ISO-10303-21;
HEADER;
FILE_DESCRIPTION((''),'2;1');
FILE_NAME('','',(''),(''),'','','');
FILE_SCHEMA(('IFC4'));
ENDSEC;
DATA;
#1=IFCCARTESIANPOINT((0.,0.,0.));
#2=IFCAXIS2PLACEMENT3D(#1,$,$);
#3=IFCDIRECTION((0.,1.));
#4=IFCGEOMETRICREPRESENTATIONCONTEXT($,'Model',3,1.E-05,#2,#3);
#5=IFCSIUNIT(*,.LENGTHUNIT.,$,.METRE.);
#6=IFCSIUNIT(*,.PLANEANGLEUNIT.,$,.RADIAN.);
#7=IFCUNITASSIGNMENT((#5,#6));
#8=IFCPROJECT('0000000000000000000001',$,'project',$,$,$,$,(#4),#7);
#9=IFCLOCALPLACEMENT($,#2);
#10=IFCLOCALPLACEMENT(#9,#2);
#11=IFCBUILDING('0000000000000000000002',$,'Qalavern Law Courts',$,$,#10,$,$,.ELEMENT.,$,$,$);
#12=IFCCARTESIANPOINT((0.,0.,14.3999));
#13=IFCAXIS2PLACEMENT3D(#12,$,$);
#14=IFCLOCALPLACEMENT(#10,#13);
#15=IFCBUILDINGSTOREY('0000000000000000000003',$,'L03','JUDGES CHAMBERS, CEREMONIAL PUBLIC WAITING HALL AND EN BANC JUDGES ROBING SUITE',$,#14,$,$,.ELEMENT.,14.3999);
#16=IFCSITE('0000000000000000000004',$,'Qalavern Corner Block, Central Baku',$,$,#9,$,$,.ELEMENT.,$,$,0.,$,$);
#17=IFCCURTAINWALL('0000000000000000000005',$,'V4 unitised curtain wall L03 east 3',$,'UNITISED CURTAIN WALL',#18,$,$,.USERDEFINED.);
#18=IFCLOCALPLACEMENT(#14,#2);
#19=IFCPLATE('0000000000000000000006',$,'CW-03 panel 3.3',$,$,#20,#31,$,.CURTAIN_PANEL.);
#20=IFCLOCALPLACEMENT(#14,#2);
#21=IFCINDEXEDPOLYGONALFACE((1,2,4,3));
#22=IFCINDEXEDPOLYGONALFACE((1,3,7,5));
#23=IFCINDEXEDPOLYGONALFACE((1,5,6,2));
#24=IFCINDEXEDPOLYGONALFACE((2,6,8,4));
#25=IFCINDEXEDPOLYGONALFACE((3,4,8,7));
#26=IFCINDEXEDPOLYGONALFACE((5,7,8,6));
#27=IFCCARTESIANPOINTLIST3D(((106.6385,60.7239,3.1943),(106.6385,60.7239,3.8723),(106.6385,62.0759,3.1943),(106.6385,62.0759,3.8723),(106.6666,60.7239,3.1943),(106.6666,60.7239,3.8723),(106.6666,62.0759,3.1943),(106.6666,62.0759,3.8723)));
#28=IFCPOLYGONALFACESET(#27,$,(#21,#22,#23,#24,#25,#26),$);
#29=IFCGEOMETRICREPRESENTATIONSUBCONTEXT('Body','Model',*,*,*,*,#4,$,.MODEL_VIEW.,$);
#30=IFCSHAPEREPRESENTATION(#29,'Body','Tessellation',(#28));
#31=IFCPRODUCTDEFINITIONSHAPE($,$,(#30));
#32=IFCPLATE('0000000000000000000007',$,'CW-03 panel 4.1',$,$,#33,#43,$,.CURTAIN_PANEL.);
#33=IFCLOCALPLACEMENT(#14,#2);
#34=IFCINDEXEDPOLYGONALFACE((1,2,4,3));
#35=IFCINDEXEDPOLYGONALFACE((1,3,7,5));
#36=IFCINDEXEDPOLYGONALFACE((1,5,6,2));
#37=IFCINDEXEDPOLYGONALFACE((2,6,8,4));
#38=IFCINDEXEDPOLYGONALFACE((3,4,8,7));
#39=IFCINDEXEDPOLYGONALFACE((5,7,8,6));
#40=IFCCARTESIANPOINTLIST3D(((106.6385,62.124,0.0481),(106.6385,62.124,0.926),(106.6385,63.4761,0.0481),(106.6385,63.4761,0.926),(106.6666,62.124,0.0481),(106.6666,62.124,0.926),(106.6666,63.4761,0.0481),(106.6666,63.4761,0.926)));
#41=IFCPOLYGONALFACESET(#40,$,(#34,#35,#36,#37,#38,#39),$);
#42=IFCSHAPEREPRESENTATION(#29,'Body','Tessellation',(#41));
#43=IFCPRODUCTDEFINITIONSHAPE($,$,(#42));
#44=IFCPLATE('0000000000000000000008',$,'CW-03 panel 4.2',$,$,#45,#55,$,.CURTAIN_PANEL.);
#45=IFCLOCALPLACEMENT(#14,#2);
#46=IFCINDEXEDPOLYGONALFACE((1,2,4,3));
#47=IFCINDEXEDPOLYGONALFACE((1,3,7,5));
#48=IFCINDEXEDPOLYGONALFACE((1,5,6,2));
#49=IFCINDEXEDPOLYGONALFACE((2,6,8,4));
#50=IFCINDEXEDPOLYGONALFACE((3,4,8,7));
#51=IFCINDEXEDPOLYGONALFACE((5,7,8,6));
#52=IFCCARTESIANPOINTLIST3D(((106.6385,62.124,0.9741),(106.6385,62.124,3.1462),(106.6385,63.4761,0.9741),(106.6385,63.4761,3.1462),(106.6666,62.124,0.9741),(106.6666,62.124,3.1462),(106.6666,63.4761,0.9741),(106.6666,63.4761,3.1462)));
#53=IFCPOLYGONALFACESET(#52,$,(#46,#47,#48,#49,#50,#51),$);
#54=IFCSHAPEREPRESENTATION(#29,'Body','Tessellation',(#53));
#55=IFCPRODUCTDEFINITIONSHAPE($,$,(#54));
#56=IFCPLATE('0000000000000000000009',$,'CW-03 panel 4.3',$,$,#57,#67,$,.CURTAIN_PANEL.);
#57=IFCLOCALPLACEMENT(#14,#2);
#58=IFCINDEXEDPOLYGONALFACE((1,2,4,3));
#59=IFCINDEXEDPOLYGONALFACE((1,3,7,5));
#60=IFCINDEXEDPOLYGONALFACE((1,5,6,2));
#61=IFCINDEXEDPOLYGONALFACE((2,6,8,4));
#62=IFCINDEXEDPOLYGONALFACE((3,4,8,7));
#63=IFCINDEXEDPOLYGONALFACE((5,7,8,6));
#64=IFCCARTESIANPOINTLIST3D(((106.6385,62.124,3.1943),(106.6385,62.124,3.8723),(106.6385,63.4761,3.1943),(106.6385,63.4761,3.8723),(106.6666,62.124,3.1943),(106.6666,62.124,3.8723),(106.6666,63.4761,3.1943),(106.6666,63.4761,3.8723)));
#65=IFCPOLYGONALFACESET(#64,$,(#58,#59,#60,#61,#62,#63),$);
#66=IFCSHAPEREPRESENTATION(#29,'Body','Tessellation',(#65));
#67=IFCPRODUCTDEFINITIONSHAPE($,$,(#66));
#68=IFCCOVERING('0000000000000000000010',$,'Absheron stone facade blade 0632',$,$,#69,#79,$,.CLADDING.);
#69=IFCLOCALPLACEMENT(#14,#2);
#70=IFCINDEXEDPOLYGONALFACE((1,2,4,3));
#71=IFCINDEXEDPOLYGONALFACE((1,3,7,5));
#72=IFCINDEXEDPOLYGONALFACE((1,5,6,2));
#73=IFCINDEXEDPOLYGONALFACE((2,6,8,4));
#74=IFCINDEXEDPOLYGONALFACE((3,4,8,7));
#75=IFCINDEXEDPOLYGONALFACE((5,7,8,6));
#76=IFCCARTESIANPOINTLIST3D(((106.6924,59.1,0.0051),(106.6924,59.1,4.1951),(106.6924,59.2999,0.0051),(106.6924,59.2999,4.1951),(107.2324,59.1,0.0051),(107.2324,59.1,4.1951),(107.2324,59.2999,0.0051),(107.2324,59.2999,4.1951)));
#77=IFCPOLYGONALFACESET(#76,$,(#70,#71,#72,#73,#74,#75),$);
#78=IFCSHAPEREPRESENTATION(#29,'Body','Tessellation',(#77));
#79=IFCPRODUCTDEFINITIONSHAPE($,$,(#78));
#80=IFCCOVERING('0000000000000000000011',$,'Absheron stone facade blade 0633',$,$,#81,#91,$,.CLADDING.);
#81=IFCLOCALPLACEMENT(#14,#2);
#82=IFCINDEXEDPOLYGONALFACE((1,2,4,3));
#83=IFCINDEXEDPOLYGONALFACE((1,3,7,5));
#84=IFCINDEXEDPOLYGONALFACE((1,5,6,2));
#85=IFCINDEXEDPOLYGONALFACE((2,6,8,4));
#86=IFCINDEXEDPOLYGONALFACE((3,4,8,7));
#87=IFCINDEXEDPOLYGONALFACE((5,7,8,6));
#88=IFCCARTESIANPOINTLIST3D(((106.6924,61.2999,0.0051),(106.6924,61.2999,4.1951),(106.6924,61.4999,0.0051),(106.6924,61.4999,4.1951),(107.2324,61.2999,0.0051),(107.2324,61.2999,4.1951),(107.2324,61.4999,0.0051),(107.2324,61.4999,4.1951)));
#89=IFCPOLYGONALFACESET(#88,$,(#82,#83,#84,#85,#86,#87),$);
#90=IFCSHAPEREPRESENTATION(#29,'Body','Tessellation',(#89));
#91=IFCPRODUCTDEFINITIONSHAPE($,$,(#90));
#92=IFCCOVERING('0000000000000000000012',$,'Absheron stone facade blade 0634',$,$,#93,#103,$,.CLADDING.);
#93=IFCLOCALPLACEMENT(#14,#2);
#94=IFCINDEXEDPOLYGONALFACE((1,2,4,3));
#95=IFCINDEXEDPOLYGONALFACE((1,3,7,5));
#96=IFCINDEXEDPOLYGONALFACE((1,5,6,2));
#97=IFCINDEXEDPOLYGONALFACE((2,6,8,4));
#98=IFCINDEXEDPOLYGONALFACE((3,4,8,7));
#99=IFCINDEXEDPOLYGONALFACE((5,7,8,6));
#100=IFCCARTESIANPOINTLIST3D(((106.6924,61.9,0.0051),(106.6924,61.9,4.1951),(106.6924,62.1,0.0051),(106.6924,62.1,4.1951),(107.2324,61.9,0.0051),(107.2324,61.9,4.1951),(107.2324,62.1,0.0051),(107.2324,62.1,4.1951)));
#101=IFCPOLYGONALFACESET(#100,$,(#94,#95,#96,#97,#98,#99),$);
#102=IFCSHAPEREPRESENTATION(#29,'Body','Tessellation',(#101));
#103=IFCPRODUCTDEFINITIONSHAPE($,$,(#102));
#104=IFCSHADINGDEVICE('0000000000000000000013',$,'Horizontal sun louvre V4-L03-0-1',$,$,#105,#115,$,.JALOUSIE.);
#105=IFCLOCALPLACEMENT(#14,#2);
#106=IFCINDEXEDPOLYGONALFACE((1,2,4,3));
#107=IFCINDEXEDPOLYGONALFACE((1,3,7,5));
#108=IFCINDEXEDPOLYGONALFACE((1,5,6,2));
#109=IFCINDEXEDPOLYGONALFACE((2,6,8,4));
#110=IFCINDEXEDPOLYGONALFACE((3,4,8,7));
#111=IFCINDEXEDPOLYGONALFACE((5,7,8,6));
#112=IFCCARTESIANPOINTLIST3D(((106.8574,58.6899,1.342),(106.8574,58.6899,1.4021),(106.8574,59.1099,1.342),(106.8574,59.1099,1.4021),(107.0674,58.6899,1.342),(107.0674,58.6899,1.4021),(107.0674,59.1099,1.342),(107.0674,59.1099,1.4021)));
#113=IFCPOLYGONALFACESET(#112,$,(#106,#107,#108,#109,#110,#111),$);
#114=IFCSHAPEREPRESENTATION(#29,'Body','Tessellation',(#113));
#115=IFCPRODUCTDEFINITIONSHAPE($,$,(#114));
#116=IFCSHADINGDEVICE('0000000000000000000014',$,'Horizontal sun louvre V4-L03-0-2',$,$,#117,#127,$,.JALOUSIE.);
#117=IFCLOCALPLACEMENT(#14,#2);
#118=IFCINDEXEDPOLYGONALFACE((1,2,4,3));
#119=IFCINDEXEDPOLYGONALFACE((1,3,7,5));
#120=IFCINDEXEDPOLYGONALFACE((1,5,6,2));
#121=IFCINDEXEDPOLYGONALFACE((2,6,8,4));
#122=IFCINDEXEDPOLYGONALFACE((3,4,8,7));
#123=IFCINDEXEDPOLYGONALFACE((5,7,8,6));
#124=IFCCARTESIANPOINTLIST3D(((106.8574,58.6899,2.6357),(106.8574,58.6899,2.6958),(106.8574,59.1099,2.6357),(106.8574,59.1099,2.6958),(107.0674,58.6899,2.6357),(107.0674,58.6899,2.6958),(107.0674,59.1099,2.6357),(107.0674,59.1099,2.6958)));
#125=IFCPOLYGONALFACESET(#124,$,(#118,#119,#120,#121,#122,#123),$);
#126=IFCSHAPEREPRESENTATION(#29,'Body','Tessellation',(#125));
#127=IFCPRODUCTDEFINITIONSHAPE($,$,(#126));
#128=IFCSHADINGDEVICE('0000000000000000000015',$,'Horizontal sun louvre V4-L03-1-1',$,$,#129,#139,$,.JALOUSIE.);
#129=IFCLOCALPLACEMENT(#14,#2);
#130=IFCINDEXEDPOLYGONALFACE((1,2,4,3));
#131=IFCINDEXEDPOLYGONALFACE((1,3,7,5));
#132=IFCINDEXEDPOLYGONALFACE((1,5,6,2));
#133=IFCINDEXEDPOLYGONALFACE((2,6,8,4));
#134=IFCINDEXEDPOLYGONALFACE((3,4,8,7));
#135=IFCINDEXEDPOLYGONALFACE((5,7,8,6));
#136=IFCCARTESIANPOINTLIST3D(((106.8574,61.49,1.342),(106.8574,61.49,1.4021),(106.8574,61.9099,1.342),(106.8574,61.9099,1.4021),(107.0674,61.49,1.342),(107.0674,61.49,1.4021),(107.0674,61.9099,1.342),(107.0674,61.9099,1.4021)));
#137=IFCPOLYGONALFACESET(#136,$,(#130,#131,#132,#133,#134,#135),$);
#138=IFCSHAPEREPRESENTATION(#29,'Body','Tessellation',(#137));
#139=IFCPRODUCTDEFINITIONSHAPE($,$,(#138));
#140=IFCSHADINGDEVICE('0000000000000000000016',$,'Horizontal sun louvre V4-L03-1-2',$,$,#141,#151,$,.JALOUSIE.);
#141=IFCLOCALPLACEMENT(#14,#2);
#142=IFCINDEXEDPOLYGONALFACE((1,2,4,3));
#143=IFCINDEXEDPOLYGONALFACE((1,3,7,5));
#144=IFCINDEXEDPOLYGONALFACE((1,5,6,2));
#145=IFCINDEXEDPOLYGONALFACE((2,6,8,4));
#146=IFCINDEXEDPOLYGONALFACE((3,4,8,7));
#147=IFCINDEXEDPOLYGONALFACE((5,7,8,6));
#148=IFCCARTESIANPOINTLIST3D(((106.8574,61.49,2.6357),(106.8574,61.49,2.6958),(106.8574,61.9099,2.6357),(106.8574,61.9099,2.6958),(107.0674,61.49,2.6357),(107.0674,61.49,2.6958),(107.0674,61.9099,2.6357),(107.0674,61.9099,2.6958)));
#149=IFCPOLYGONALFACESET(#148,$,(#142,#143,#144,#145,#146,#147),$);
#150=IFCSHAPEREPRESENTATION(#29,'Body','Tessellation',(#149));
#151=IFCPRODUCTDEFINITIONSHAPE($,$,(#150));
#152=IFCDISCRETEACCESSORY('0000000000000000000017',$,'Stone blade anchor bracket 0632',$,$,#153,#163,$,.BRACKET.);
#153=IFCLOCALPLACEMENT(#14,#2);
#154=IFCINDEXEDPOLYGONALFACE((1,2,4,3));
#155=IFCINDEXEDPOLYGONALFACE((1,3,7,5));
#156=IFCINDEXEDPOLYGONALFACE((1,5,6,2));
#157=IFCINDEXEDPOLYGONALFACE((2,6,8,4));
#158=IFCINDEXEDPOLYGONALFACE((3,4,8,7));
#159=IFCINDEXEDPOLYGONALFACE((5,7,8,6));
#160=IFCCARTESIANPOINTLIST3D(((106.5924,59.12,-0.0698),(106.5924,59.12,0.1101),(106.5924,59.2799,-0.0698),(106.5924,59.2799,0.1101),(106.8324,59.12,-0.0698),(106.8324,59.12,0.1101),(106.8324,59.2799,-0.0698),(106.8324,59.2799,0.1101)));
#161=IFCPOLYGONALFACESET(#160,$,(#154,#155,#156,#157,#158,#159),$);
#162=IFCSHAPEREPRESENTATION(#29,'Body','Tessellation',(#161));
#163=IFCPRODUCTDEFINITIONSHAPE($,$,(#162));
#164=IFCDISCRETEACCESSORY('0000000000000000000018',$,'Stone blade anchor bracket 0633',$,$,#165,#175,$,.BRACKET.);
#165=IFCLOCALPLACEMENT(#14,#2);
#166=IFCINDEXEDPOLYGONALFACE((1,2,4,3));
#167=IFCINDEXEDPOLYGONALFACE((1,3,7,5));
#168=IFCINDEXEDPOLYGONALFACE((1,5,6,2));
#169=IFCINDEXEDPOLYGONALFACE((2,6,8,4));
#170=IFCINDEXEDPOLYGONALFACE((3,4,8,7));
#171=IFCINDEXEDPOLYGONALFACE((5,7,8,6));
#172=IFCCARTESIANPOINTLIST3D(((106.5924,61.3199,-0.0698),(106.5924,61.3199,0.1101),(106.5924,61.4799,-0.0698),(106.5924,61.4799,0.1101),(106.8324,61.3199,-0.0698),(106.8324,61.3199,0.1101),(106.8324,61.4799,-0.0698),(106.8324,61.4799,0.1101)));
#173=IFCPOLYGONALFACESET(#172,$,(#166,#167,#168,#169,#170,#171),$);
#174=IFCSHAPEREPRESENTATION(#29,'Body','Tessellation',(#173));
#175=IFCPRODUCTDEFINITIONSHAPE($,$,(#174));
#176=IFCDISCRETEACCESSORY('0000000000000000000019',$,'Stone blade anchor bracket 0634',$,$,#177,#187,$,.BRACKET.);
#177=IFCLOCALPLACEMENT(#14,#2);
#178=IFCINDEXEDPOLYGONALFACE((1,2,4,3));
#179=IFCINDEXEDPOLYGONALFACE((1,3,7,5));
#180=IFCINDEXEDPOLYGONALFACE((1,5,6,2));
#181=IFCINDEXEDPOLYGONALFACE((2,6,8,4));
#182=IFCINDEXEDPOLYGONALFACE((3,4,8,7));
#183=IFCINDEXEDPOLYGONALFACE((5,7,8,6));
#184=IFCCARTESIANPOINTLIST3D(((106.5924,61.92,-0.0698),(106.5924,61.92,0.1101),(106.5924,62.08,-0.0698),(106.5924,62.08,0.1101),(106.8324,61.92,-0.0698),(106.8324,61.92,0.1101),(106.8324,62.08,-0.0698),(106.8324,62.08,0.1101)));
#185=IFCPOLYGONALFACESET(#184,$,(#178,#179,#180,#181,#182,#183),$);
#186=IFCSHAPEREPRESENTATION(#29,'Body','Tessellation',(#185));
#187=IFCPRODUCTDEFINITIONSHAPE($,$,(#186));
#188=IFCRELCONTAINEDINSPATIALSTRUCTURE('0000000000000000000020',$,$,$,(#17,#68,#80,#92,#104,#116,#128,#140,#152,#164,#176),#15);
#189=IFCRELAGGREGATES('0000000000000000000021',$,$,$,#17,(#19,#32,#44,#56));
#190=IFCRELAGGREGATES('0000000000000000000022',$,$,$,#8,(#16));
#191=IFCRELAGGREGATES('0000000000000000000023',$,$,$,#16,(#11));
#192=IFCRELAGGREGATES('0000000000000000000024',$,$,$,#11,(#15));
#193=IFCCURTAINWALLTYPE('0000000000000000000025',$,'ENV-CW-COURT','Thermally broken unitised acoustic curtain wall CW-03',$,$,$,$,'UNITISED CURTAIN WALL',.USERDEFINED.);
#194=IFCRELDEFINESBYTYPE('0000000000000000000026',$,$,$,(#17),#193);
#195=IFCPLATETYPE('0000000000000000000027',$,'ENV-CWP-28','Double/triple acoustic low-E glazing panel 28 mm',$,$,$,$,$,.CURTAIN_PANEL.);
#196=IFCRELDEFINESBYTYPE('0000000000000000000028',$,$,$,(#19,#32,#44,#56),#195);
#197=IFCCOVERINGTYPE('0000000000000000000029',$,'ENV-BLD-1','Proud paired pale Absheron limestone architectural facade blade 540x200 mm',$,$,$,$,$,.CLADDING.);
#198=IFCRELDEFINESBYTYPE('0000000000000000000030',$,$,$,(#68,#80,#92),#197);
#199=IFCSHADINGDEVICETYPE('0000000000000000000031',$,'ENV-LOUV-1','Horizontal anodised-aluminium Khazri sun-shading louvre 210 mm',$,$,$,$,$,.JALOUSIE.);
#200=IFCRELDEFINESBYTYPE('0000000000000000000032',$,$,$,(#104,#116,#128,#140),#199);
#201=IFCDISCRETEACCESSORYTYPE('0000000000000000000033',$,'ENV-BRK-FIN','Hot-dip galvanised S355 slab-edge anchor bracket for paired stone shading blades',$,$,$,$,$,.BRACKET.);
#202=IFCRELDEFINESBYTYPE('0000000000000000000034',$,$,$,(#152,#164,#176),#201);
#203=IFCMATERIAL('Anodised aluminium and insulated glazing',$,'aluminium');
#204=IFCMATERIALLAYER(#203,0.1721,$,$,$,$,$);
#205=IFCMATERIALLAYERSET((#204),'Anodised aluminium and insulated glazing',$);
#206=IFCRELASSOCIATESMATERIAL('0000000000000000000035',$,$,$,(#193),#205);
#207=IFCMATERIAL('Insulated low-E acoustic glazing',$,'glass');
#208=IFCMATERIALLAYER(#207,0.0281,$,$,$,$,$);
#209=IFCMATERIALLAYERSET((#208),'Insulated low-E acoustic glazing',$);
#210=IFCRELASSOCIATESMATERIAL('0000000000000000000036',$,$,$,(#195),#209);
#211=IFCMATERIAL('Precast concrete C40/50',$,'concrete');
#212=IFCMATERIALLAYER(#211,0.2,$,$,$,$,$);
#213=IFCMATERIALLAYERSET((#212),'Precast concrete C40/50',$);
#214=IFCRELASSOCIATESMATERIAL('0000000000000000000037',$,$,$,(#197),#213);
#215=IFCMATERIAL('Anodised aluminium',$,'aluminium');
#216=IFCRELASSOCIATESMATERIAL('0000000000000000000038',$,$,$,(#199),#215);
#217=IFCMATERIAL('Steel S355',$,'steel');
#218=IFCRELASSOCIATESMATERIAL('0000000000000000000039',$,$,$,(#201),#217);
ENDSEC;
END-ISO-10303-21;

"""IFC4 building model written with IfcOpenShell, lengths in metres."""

from ifc_helpers import new_model, si_unit, direction, frame, origin, origin_2d, place, context, subcontext, project, spatial, rectangle, extrude, material, layer, layer_set, type_object, element, aggregate, save


model = new_model("IFC4")

# Units and contexts
model_context = context("Model", 3, precision=1e-05, world=origin(), true_north=direction((0.0, 1.0)))
body_context = subcontext(model_context, "Body", "Model", "MODEL_VIEW")
ifc_project = project(units=[si_unit("LENGTHUNIT", "METRE"), si_unit("PLANEANGLEUNIT", "RADIAN")], contexts=[model_context])

# Site, building, storey
site_placement = place(None, origin())
site = spatial("IfcSite", under=ifc_project, at=site_placement, Name="Qalavern Corner Block, Central Baku", CompositionType="ELEMENT", RefElevation=0.0)
building_placement = place(site_placement, origin())
building = spatial("IfcBuilding", under=site, at=building_placement, Name="Qalavern Law Courts", CompositionType="ELEMENT")
storey_placement = place(building_placement, frame((0.0, 0.0, 14.3999)))
storey = spatial("IfcBuildingStorey", under=building, at=storey_placement, Name="L03", Description="JUDGES CHAMBERS, CEREMONIAL PUBLIC WAITING HALL AND EN BANC JUDGES ROBING SUITE", CompositionType="ELEMENT", Elevation=14.3999)

# Curtain wall, plates
ifc_material_1 = material(Name="Anodised aluminium and insulated glazing", Category="aluminium")
ifc_layer_1 = layer(ifc_material_1, 0.1721)
ifc_layer_set_1 = layer_set([ifc_layer_1], Name="Anodised aluminium and insulated glazing")
curtain_wall_type = type_object("IfcCurtainWallType", Name="ENV-CW-COURT", Description="Thermally broken unitised acoustic curtain wall CW-03", ElementType="UNITISED CURTAIN WALL", PredefinedType="USERDEFINED", material=ifc_layer_set_1)
curtain_wall_placement = place(storey_placement, origin())
curtain_wall = element("IfcCurtainWall", 1, at=curtain_wall_placement, inside=storey, type_object=curtain_wall_type, Name="V4 unitised curtain wall L03 east 3", ObjectType="UNITISED CURTAIN WALL", PredefinedType="USERDEFINED")
ifc_material_2 = material(Name="Anodised aluminium", Category="aluminium")
ifc_material_3 = material(Name="Insulated low-E acoustic glazing", Category="glass")
ifc_layer_2 = layer(ifc_material_3, 0.0281)
ifc_layer_set_2 = layer_set([ifc_layer_2], Name="Insulated low-E acoustic glazing")
plate_type = type_object("IfcPlateType", Name="ENV-CWP-28", Description="Double/triple acoustic low-E glazing panel 28 mm", PredefinedType="CURTAIN_PANEL", material=ifc_layer_set_2)
plate_1_placement = place(storey_placement, frame((106.6526, 61.3999, 3.1943), z_axis=(0.0, 0.0, 1.0), x_axis=(0.0, 1.0, 0.0)))
plate_1 = element("IfcPlate", 2, at=plate_1_placement, type_object=plate_type, Name="CW-03 panel 3.3", PredefinedType="CURTAIN_PANEL", context=body_context, shape_type="SweptSolid", body=[
    extrude(rectangle(XDim=1.3521, YDim=0.0281, at=origin_2d()), origin(), (0.0, 0.0, 1.0), 0.678),
])
plate_2_placement = place(storey_placement, frame((106.6526, 62.8, 0.0481), z_axis=(0.0, 0.0, 1.0), x_axis=(0.0, 1.0, 0.0)))
plate_2 = element("IfcPlate", 3, at=plate_2_placement, type_object=plate_type, Name="CW-03 panel 4.1", PredefinedType="CURTAIN_PANEL", context=body_context, shape_type="SweptSolid", body=[
    extrude(rectangle(XDim=1.3521, YDim=0.0281, at=origin_2d()), origin(), (0.0, 0.0, 1.0), 0.8779),
])
plate_3_placement = place(storey_placement, frame((106.6526, 62.8, 0.9741), z_axis=(0.0, 0.0, 1.0), x_axis=(0.0, 1.0, 0.0)))
plate_3 = element("IfcPlate", 4, at=plate_3_placement, type_object=plate_type, Name="CW-03 panel 4.2", PredefinedType="CURTAIN_PANEL", context=body_context, shape_type="SweptSolid", body=[
    extrude(rectangle(XDim=1.3521, YDim=0.0281, at=origin_2d()), origin(), (0.0, 0.0, 1.0), 2.1721),
])
plate_4_placement = place(storey_placement, frame((106.6526, 62.8, 3.1943), z_axis=(0.0, 0.0, 1.0), x_axis=(0.0, 1.0, 0.0)))
plate_4 = element("IfcPlate", 5, at=plate_4_placement, type_object=plate_type, Name="CW-03 panel 4.3", PredefinedType="CURTAIN_PANEL", context=body_context, shape_type="SweptSolid", body=[
    extrude(rectangle(XDim=1.3521, YDim=0.0281, at=origin_2d()), origin(), (0.0, 0.0, 1.0), 0.678),
])
aggregate(curtain_wall, [plate_1, plate_2, plate_3, plate_4])

# Coverings
ifc_material_4 = material(Name="Precast concrete C40/50", Category="concrete")
ifc_layer_3 = layer(ifc_material_4, 0.2)
ifc_layer_set_3 = layer_set([ifc_layer_3], Name="Precast concrete C40/50")
covering_type = type_object("IfcCoveringType", Name="ENV-BLD-1", Description="Proud paired pale Absheron limestone architectural facade blade 540x200 mm", PredefinedType="CLADDING", material=ifc_layer_set_3)
for number, where, z_axis, x_axis, name in (
    (6, (106.9624, 59.2, 0.0051), (0.0, 0.0, 1.0), (1.0, 0.0, 0.0), "Absheron stone facade blade 0632"),
    (7, (106.9624, 61.3999, 0.0051), (0.0, 0.0, 1.0), (1.0, 0.0, 0.0), "Absheron stone facade blade 0633"),
    (8, (106.9624, 62.0, 0.0051), (0.0, 0.0, 1.0), (1.0, 0.0, 0.0), "Absheron stone facade blade 0634"),
):
    element("IfcCovering", number, at=place(storey_placement, frame(where, z_axis=z_axis, x_axis=x_axis)), inside=storey, type_object=covering_type, Name=name, PredefinedType="CLADDING", context=body_context, shape_type="SweptSolid", body=[
        extrude(rectangle(XDim=0.54, YDim=0.2, at=origin_2d()), origin(), (0.0, 0.0, 1.0), 4.1899),
    ])

# Shading devices
shading_device_type = type_object("IfcShadingDeviceType", Name="ENV-LOUV-1", Description="Horizontal anodised-aluminium Khazri sun-shading louvre 210 mm", PredefinedType="JALOUSIE", material=ifc_material_2)
for number, where, z_axis, x_axis, name in (
    (9, (106.9624, 58.8999, 1.342), (0.0, 0.0, 1.0), (0.0, 1.0, 0.0), "Horizontal sun louvre V4-L03-0-1"),
    (10, (106.9624, 58.8999, 2.6357), (0.0, 0.0, 1.0), (0.0, 1.0, 0.0), "Horizontal sun louvre V4-L03-0-2"),
    (11, (106.9624, 61.7, 1.342), (0.0, 0.0, 1.0), (0.0, 1.0, 0.0), "Horizontal sun louvre V4-L03-1-1"),
    (12, (106.9624, 61.7, 2.6357), (0.0, 0.0, 1.0), (0.0, 1.0, 0.0), "Horizontal sun louvre V4-L03-1-2"),
):
    element("IfcShadingDevice", number, at=place(storey_placement, frame(where, z_axis=z_axis, x_axis=x_axis)), inside=storey, type_object=shading_device_type, Name=name, PredefinedType="JALOUSIE", context=body_context, shape_type="SweptSolid", body=[
        extrude(rectangle(XDim=0.4199, YDim=0.21, at=origin_2d()), origin(), (0.0, 0.0, 1.0), 0.0601),
    ])

# Discrete accessories
ifc_material_5 = material(Name="Steel S355", Category="steel")
discrete_accessory_type = type_object("IfcDiscreteAccessoryType", Name="ENV-BRK-FIN", Description="Hot-dip galvanised S355 slab-edge anchor bracket for paired stone shading blades", PredefinedType="BRACKET", material=ifc_material_5)
for number, where, z_axis, x_axis, name in (
    (13, (106.7124, 59.2, -0.0698), (0.0, 0.0, 1.0), (1.0, 0.0, 0.0), "Stone blade anchor bracket 0632"),
    (14, (106.7124, 61.3999, -0.0698), (0.0, 0.0, 1.0), (1.0, 0.0, 0.0), "Stone blade anchor bracket 0633"),
    (15, (106.7124, 62.0, -0.0698), (0.0, 0.0, 1.0), (1.0, 0.0, 0.0), "Stone blade anchor bracket 0634"),
):
    element("IfcDiscreteAccessory", number, at=place(storey_placement, frame(where, z_axis=z_axis, x_axis=x_axis)), inside=storey, type_object=discrete_accessory_type, Name=name, PredefinedType="BRACKET", context=body_context, shape_type="SweptSolid", body=[
        extrude(rectangle(XDim=0.24, YDim=0.1599, at=origin_2d()), origin(), (0.0, 0.0, 1.0), 0.1799),
    ])

save(model, "model.ifc")
